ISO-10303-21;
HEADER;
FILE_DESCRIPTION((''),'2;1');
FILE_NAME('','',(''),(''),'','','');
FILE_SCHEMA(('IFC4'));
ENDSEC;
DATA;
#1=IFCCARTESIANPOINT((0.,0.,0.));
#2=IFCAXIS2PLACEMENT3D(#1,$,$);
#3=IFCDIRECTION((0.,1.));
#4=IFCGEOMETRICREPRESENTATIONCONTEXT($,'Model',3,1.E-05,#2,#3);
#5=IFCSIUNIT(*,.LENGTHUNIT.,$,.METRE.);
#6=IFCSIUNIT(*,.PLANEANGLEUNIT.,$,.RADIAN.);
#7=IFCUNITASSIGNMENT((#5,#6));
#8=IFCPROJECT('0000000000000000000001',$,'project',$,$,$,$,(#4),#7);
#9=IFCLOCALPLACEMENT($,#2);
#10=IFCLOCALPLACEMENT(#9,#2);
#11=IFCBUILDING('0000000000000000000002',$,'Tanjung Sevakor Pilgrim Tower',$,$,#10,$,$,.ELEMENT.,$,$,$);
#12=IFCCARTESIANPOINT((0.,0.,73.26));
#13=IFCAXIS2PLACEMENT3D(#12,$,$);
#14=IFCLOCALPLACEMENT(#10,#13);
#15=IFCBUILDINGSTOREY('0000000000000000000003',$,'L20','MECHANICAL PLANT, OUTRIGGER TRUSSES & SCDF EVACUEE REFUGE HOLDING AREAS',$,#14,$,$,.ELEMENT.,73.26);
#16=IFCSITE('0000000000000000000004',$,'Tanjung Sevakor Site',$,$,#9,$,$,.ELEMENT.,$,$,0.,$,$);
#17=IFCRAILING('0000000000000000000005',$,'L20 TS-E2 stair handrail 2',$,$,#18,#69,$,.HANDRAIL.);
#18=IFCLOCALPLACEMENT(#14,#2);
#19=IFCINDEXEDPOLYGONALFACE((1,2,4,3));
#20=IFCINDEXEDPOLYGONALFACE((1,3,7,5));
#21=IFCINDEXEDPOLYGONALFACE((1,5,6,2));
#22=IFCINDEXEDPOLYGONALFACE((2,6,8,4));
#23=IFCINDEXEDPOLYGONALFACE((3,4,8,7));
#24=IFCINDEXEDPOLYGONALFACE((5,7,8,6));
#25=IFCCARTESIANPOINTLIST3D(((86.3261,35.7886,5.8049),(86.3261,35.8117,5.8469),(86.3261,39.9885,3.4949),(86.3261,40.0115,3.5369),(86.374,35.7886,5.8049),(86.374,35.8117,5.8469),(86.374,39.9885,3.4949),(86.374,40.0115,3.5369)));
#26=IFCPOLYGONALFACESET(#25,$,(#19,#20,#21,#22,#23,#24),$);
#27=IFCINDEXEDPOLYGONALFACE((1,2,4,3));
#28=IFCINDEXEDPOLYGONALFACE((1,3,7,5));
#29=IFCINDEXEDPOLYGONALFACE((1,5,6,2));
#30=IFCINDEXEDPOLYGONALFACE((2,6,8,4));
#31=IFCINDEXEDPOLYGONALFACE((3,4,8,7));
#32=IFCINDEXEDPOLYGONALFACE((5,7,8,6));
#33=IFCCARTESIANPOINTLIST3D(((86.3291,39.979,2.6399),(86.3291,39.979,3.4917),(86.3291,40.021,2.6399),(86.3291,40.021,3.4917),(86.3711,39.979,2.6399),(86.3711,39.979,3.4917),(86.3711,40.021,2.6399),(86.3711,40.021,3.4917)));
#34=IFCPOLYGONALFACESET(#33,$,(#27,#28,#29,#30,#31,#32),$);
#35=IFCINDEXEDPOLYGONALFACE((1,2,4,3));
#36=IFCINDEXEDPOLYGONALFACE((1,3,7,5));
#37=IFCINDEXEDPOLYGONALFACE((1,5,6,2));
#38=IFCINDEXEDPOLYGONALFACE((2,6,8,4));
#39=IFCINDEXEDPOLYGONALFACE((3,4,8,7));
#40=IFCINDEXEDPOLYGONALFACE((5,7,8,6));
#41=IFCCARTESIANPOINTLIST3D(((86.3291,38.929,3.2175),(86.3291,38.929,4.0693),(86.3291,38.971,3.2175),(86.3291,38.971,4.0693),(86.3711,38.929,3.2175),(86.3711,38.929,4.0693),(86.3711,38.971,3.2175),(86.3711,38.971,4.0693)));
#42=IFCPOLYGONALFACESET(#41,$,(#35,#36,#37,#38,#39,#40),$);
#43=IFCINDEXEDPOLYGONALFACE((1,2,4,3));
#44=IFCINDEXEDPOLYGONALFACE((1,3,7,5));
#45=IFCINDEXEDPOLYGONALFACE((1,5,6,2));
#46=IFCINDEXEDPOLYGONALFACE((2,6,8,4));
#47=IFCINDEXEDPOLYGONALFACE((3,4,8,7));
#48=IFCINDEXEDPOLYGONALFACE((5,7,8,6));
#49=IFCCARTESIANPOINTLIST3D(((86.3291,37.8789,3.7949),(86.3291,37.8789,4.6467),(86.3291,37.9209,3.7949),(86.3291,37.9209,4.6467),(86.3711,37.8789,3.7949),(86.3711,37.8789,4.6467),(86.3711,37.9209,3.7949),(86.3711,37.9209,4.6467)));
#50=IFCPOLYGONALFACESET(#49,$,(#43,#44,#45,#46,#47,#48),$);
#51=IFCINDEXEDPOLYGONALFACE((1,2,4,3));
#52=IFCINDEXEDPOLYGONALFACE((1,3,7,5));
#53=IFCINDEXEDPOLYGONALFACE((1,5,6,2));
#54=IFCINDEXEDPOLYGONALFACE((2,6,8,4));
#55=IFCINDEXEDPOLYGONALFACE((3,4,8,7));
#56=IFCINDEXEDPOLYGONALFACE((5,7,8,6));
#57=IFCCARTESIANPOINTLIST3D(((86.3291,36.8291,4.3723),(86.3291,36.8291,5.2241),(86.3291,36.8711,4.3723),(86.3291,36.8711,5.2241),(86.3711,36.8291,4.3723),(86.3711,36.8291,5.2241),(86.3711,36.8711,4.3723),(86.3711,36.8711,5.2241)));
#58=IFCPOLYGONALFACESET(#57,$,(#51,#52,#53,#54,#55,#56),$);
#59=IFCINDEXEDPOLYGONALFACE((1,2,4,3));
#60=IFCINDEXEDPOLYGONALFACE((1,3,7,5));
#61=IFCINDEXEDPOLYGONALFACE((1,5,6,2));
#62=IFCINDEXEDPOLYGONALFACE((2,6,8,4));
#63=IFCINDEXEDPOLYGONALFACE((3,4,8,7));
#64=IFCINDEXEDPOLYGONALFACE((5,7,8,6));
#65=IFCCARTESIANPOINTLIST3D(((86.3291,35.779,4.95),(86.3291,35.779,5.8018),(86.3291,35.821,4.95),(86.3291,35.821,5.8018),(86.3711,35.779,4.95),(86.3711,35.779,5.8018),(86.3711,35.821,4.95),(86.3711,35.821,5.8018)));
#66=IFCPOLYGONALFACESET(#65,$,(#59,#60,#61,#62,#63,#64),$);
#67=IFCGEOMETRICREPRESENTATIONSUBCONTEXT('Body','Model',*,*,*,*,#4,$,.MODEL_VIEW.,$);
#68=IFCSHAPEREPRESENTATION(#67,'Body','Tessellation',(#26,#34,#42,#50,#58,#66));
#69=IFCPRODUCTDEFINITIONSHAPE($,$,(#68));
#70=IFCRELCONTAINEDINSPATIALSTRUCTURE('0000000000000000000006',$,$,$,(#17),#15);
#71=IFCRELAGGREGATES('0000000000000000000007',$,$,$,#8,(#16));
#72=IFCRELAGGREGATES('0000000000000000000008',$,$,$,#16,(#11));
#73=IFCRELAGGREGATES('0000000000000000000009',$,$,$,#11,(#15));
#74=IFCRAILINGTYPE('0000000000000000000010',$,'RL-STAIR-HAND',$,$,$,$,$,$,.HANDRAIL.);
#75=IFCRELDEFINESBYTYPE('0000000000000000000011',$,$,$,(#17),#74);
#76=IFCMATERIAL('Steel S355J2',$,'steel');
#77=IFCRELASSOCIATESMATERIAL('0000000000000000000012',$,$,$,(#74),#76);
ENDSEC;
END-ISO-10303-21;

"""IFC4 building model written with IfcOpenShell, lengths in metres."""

from ifc_helpers import new_model, si_unit, direction, frame, origin, place, context, subcontext, project, spatial, rectangle, extrude, material, type_object, element, save


model = new_model("IFC4")

# Units and contexts
model_context = context("Model", 3, precision=1e-05, world=origin(), true_north=direction((0.0, 1.0)))
body_context = subcontext(model_context, "Body", "Model", "MODEL_VIEW")
ifc_project = project(units=[si_unit("LENGTHUNIT", "METRE"), si_unit("PLANEANGLEUNIT", "RADIAN")], contexts=[model_context])

# Site, building, storey
site_placement = place(None, origin())
site = spatial("IfcSite", under=ifc_project, at=site_placement, Name="Tanjung Sevakor Site", CompositionType="ELEMENT", RefElevation=0.0)
building_placement = place(site_placement, origin())
building = spatial("IfcBuilding", under=site, at=building_placement, Name="Tanjung Sevakor Pilgrim Tower", CompositionType="ELEMENT")
storey_placement = place(building_placement, frame((0.0, 0.0, 73.26)))
storey = spatial("IfcBuildingStorey", under=building, at=storey_placement, Name="L20", Description="MECHANICAL PLANT, OUTRIGGER TRUSSES & SCDF EVACUEE REFUGE HOLDING AREAS", CompositionType="ELEMENT", Elevation=73.26)

# Railing
ifc_material_1 = material(Name="Steel S355J2", Category="steel")
railing_type_1 = type_object("IfcRailingType", Name="RL-STAIR-HAND", PredefinedType="HANDRAIL", material=ifc_material_1)
railing_1_placement = place(storey_placement, frame((86.3501, 40.0, 2.6399)))
element("IfcRailing", 1, at=railing_1_placement, inside=storey, type_object=railing_type_1, Name="L20 TS-E2 stair handrail 2", PredefinedType="HANDRAIL", context=body_context, shape_type="SweptSolid", body=[
    extrude(rectangle(XDim=0.0479, YDim=0.0479), frame((0.0, 0.0, 0.876), z_axis=(0.0, -0.876208, 0.481932), x_axis=(1.0, 0.0, 0.0)), (0.0, 0.0, 1.0), 4.7932),
    extrude(rectangle(XDim=0.042, YDim=0.042), origin(), (0.0, 0.0, 1.0), 0.8518),
    extrude(rectangle(XDim=0.042, YDim=0.042), frame((0.0, -1.05, 0.5776)), (0.0, 0.0, 1.0), 0.8518),
    extrude(rectangle(XDim=0.042, YDim=0.042), frame((0.0, -2.1001, 1.155)), (0.0, 0.0, 1.0), 0.8518),
    extrude(rectangle(XDim=0.042, YDim=0.042), frame((0.0, -3.1499, 1.7324)), (0.0, 0.0, 1.0), 0.8518),
    extrude(rectangle(XDim=0.042, YDim=0.042), frame((0.0, -4.2, 2.3101)), (0.0, 0.0, 1.0), 0.8518),
])

save(model, "model.ifc")
